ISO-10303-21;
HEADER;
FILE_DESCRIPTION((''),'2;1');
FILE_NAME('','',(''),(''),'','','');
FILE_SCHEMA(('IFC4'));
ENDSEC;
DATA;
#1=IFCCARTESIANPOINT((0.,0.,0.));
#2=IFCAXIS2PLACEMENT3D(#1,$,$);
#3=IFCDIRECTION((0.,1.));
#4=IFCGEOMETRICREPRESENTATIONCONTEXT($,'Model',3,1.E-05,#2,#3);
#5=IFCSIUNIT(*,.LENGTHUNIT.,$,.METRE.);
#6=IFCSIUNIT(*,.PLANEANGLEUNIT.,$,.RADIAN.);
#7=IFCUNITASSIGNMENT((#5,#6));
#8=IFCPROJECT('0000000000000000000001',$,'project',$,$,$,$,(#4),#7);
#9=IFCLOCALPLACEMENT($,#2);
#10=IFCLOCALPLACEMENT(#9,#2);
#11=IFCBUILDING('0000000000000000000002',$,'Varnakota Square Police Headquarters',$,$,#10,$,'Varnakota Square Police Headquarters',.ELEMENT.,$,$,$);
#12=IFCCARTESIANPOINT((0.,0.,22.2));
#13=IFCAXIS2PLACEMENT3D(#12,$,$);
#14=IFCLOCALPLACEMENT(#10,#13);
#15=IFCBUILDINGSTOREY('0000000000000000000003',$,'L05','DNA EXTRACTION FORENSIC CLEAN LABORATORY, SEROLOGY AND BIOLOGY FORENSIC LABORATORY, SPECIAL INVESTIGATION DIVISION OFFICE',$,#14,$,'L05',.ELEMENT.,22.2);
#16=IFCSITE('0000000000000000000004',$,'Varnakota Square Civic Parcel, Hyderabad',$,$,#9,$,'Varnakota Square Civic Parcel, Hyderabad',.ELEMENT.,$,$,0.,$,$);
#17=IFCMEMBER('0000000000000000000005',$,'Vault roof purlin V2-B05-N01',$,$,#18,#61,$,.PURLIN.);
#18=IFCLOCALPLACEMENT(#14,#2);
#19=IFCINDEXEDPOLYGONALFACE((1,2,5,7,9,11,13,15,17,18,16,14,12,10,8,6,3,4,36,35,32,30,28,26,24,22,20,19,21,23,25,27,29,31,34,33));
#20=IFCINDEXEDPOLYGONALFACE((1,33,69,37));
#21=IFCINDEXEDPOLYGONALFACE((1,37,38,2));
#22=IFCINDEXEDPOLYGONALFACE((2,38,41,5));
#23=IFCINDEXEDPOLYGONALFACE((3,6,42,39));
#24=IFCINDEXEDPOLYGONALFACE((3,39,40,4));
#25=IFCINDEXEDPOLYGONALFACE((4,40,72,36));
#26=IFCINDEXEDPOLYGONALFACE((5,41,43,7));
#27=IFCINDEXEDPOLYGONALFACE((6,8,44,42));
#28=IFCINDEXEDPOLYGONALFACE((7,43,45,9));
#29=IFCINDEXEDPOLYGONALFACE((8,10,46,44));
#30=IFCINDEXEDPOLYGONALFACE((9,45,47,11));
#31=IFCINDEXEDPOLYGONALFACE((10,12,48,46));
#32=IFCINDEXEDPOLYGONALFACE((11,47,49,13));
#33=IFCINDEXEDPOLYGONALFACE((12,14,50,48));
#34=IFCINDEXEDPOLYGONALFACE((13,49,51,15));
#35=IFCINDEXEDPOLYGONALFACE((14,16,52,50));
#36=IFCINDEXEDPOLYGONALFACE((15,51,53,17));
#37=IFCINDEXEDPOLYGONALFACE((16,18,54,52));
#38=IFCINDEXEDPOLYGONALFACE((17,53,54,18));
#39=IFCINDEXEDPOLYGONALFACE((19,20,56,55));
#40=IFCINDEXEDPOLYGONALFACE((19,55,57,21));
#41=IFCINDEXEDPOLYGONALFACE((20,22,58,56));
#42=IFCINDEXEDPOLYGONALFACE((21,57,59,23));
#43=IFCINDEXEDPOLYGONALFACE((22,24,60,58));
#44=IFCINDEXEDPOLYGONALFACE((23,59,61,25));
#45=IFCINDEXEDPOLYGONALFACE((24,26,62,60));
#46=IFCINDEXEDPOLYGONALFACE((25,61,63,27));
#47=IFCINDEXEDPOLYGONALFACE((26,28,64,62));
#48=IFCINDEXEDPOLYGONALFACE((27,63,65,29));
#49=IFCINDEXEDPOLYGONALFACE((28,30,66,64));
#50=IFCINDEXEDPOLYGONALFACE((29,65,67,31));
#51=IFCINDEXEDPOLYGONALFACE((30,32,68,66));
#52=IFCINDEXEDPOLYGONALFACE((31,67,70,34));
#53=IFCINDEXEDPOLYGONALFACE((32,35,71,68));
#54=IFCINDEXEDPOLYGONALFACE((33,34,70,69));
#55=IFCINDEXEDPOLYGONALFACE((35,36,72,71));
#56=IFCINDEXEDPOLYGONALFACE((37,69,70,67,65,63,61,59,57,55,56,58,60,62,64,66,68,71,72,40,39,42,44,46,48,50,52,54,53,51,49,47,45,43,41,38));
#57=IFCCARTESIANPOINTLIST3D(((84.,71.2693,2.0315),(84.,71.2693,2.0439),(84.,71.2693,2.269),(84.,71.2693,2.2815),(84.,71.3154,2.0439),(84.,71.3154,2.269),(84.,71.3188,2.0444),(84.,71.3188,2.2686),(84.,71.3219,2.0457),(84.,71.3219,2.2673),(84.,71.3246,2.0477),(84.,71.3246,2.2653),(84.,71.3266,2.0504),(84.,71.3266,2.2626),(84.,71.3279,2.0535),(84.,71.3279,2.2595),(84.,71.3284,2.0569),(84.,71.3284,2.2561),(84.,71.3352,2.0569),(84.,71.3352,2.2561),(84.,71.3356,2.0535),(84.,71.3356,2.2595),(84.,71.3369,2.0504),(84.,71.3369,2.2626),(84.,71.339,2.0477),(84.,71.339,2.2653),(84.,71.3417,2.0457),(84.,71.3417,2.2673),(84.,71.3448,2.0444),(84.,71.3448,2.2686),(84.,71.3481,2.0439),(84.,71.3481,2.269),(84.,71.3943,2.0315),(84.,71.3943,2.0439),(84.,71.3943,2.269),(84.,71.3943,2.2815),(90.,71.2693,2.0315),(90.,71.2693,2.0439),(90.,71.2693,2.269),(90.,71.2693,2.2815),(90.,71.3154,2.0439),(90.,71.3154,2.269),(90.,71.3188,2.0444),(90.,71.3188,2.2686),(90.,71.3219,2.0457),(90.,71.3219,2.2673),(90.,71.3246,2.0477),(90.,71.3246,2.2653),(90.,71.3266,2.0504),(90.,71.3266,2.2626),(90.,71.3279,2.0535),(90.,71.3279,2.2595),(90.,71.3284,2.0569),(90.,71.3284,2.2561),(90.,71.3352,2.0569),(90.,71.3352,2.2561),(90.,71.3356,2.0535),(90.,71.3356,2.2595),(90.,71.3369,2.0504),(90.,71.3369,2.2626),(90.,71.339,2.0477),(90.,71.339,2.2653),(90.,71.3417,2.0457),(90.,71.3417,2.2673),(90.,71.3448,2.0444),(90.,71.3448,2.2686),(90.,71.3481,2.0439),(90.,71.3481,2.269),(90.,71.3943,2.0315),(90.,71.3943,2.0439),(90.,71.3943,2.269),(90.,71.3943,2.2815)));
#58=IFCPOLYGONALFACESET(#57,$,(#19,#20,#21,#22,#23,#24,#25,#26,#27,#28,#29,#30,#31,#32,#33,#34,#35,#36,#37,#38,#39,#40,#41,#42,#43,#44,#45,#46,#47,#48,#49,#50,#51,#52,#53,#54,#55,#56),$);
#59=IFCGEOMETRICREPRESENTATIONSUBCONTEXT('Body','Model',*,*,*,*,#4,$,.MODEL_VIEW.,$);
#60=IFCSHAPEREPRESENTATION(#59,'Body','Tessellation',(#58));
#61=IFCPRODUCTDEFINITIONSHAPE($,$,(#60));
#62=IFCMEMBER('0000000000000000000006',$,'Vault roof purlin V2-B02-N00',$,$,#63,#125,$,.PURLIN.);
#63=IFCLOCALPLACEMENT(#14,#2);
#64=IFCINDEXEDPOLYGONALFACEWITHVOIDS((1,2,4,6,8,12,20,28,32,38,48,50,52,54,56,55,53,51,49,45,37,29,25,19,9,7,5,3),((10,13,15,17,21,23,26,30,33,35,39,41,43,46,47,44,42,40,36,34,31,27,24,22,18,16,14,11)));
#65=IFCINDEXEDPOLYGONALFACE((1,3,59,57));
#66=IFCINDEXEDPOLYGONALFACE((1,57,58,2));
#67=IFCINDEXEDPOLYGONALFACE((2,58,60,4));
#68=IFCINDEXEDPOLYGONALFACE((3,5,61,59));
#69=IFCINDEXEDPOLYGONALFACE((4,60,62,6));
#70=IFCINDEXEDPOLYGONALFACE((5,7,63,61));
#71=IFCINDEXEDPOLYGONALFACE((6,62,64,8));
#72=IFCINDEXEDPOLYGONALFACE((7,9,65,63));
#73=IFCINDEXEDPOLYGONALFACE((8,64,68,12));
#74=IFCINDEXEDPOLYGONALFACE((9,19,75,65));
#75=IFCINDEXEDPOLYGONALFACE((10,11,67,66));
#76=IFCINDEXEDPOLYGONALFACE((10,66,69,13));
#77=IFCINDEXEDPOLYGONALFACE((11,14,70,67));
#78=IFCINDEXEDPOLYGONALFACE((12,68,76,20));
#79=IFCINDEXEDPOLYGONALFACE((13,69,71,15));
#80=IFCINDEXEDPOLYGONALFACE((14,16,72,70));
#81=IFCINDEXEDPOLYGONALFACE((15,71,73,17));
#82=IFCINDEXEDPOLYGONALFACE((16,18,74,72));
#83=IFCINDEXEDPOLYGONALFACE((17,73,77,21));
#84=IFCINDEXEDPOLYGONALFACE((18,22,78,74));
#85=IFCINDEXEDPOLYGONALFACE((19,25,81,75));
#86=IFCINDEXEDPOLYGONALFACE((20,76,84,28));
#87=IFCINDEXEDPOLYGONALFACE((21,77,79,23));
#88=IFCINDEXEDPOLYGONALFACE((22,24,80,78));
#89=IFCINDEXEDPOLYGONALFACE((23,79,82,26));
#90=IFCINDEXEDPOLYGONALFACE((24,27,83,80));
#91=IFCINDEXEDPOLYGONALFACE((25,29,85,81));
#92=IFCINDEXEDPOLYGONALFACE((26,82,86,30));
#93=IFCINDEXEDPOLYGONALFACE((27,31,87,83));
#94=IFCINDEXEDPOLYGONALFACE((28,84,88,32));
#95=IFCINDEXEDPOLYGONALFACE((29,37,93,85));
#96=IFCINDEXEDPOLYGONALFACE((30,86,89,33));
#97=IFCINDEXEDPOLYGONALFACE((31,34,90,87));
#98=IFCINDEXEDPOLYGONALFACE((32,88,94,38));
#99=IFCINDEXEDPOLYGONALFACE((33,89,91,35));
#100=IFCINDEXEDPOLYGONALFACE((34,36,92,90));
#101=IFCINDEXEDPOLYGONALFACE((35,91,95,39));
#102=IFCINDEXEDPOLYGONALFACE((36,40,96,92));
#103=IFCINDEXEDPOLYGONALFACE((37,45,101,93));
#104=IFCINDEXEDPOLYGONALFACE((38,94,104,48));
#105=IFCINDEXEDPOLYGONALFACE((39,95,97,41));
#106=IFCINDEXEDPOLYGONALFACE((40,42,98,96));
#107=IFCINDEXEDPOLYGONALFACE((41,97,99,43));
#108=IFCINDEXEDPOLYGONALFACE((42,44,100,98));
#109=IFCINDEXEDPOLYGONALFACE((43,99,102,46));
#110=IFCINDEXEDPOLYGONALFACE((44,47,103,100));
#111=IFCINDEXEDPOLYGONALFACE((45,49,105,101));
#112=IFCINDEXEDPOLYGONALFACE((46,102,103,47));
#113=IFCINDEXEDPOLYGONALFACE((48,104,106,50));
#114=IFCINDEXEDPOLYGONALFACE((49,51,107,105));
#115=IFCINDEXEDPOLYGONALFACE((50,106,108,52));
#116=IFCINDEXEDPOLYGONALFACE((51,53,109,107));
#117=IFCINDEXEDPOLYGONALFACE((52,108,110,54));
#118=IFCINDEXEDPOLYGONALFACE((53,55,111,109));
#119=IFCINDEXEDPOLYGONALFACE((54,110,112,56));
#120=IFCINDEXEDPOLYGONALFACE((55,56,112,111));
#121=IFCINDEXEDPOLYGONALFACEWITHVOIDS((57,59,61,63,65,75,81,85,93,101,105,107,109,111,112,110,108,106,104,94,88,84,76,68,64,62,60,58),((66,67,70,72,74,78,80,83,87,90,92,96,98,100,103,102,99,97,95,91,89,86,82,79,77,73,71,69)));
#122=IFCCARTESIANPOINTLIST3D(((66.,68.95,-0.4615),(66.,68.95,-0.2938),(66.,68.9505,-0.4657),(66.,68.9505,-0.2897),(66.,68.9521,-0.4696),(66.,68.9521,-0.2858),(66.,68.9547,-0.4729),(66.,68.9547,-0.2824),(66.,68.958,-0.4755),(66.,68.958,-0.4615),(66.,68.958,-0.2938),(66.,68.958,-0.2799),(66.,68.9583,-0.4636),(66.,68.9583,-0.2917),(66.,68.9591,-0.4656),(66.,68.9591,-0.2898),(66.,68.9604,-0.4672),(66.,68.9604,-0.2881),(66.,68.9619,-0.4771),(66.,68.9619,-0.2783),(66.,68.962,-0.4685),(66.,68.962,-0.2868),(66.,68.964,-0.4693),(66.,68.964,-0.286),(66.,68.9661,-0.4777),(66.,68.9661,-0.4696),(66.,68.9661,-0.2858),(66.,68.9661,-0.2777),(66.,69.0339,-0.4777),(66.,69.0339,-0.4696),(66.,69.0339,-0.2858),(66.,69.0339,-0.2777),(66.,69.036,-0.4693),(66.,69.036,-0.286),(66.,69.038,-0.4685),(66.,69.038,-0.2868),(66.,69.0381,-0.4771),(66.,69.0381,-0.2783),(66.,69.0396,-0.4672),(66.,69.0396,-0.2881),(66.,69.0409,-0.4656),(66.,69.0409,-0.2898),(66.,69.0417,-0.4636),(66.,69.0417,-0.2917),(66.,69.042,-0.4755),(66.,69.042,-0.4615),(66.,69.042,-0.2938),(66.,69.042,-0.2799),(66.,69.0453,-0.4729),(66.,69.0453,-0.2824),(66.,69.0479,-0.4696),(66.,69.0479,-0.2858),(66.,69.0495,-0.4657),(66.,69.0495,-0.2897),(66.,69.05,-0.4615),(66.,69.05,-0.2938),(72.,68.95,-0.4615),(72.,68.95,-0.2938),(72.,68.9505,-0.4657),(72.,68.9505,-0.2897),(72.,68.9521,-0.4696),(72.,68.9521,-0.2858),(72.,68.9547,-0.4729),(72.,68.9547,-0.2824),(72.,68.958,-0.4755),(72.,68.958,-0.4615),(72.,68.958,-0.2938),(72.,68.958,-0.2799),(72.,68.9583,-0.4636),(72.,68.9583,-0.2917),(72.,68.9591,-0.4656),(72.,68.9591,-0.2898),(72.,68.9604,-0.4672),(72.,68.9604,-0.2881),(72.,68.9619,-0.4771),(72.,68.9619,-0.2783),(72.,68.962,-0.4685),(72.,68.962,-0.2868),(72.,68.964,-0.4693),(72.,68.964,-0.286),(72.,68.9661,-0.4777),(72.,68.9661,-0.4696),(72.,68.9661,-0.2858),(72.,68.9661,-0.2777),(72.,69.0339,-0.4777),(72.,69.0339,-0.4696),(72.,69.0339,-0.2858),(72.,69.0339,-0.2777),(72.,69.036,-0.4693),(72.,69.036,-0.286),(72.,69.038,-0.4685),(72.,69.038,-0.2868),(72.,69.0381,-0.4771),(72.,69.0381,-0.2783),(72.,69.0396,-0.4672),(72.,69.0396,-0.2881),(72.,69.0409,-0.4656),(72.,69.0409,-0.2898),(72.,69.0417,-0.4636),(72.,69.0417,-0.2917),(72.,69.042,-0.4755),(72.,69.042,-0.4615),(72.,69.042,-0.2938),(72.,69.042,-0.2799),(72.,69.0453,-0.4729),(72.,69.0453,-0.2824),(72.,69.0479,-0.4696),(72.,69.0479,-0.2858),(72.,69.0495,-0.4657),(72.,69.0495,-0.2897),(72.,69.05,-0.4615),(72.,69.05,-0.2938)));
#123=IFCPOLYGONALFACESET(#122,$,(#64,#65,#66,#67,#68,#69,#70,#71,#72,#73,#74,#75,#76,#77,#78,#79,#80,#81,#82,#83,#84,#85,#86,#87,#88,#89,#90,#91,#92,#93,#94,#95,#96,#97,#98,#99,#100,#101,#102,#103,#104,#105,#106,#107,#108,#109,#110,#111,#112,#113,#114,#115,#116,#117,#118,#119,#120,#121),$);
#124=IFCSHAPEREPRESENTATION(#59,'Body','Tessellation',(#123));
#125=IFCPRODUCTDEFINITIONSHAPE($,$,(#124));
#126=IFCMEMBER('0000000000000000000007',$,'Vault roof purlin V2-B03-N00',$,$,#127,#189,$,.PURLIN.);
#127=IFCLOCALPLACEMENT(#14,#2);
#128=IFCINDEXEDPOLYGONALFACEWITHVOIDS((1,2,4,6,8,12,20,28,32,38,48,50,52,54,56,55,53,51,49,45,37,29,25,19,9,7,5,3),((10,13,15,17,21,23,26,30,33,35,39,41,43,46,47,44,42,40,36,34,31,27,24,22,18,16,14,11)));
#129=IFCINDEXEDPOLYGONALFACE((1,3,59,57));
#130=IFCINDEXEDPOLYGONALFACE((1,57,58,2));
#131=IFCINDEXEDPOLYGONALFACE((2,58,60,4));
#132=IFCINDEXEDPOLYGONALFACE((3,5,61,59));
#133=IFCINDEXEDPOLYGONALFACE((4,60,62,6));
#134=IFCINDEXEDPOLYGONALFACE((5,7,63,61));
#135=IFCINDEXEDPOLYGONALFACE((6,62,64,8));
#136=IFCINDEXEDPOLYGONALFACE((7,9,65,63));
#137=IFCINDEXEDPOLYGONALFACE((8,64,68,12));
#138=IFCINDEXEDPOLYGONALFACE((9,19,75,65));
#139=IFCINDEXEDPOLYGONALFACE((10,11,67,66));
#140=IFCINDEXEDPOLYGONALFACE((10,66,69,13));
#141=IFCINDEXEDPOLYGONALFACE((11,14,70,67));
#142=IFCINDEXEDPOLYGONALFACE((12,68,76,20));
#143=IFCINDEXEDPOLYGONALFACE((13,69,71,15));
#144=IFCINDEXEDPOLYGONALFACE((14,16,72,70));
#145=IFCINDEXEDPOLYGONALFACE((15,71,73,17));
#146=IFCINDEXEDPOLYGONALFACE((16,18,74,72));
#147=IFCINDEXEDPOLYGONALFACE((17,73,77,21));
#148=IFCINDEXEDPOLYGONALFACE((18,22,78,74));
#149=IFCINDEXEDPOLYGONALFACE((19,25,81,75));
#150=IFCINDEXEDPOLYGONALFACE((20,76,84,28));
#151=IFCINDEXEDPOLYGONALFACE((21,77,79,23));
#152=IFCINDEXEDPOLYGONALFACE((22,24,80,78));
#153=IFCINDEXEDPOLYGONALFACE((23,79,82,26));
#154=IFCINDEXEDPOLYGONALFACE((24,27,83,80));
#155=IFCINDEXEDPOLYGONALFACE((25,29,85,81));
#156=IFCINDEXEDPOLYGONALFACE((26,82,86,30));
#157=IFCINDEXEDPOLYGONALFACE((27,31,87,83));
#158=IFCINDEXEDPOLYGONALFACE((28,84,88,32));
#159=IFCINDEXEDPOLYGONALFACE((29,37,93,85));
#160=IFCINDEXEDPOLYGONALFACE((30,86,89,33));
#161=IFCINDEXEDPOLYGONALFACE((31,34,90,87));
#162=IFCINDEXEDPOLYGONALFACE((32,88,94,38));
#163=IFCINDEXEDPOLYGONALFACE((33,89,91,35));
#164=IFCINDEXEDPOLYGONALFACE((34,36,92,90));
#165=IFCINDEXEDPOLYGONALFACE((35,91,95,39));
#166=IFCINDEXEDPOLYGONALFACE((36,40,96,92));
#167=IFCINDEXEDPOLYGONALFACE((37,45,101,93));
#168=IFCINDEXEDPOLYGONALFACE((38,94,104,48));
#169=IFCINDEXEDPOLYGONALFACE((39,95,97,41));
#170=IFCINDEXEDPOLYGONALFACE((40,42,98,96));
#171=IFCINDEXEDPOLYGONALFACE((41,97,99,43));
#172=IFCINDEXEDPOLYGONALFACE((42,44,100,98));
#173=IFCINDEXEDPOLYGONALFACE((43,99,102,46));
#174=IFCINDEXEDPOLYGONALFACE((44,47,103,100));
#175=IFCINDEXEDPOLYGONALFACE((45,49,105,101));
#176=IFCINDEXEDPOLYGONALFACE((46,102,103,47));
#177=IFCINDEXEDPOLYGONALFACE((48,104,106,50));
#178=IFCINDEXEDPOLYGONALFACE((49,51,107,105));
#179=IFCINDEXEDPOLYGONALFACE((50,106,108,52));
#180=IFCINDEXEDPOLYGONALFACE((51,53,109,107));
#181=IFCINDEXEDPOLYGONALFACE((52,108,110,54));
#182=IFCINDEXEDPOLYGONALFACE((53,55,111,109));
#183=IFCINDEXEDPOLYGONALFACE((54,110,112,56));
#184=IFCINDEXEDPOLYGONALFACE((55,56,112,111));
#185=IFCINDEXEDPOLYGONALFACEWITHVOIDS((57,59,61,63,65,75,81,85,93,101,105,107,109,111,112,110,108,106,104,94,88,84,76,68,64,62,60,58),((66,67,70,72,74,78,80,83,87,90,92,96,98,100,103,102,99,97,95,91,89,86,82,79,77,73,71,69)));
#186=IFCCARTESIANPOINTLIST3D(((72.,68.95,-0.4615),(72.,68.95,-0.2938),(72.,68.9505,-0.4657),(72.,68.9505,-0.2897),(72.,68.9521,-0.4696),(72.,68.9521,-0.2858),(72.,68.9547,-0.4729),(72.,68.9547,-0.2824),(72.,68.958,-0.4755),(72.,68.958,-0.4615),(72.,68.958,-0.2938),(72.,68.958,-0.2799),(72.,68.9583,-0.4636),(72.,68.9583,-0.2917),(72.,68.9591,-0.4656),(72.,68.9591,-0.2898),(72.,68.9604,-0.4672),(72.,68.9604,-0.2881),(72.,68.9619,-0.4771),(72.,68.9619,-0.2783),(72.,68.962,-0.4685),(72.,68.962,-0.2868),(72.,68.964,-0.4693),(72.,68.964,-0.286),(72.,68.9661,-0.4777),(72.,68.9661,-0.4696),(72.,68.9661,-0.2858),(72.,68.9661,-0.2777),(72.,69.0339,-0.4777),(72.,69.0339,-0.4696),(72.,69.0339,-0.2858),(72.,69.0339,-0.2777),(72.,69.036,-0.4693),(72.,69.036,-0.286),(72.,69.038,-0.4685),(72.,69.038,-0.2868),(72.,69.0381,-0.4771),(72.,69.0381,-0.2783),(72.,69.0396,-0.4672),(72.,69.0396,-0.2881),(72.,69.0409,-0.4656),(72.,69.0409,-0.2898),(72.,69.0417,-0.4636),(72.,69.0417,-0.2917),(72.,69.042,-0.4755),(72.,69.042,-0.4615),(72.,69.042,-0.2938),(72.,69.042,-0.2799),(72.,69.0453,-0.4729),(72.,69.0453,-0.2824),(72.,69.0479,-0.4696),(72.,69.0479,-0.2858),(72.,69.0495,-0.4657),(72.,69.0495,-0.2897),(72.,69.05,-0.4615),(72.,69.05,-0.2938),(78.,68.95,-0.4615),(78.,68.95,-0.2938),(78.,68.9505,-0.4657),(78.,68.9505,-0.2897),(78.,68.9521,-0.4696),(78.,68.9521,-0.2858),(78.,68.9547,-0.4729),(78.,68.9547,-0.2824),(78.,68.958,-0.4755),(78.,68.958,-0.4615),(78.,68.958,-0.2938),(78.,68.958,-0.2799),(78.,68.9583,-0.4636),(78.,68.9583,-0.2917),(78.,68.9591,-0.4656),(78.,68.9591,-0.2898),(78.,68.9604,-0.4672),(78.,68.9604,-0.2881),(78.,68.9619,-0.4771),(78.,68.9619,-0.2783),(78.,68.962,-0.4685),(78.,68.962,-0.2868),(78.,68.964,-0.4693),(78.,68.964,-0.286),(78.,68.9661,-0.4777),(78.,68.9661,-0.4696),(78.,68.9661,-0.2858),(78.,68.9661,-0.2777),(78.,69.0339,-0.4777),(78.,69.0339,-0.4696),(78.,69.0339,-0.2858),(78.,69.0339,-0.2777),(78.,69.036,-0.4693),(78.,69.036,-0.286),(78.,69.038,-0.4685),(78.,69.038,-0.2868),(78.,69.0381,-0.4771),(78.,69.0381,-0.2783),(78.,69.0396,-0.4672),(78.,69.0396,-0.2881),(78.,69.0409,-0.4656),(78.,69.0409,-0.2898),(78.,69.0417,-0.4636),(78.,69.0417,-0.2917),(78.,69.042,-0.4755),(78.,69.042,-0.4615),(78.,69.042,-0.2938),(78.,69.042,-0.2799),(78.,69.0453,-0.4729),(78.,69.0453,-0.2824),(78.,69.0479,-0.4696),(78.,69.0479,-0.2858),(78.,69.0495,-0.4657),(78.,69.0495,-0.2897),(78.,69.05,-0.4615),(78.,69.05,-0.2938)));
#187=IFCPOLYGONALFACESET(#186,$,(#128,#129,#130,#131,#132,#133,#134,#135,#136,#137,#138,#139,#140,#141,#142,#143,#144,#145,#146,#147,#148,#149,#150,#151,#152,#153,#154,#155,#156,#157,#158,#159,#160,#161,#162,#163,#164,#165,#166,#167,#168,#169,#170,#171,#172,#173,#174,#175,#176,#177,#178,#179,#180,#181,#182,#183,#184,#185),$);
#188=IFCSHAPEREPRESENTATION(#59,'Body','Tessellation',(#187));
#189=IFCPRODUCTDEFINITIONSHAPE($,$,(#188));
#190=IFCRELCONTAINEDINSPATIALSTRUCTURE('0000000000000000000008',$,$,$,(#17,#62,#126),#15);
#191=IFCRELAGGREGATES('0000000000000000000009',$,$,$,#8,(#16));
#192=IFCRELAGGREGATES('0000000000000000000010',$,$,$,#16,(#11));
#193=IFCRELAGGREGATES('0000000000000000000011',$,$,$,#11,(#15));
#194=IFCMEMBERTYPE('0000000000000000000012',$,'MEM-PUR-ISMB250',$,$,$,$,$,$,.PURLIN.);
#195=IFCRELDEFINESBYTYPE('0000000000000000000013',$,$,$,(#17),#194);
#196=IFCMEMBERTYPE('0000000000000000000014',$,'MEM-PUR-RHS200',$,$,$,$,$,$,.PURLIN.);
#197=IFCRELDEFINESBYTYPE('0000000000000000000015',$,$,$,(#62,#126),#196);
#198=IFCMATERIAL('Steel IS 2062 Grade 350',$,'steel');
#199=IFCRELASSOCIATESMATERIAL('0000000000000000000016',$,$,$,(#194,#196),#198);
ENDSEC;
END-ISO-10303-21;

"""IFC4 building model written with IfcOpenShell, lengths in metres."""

from ifc_helpers import new_model, si_unit, direction, frame, origin, origin_2d, place, context, subcontext, project, spatial, hollow_rectangle, i_section, extrude, material, material_profile, profile_set, type_object, element, save


model = new_model("IFC4")

# Units and contexts
model_context = context("Model", 3, precision=1e-05, world=origin(), true_north=direction((0.0, 1.0)))
body_context = subcontext(model_context, "Body", "Model", "MODEL_VIEW")
ifc_project = project(units=[si_unit("LENGTHUNIT", "METRE"), si_unit("PLANEANGLEUNIT", "RADIAN")], contexts=[model_context])

# Site, building, storey
site_placement = place(None, origin())
site = spatial("IfcSite", under=ifc_project, at=site_placement, Name="Varnakota Square Civic Parcel, Hyderabad", LongName="Varnakota Square Civic Parcel, Hyderabad", CompositionType="ELEMENT", RefElevation=0.0)
building_placement = place(site_placement, origin())
building = spatial("IfcBuilding", under=site, at=building_placement, Name="Varnakota Square Police Headquarters", LongName="Varnakota Square Police Headquarters", CompositionType="ELEMENT")
storey_placement = place(building_placement, frame((0.0, 0.0, 22.2)))
storey = spatial("IfcBuildingStorey", under=building, at=storey_placement, Name="L05", Description="DNA EXTRACTION FORENSIC CLEAN LABORATORY, SEROLOGY AND BIOLOGY FORENSIC LABORATORY, SPECIAL INVESTIGATION DIVISION OFFICE", LongName="L05", CompositionType="ELEMENT", Elevation=22.2)

# Shared definitions
ifc_material_1 = material(Name="Steel IS 2062 Grade 350", Category="steel")

# Members
ifc_material_profile_1 = material_profile(ifc_material_1, i_section(OverallWidth=0.125, OverallDepth=0.25, WebThickness=0.0068, FlangeThickness=0.0125, FilletRadius=0.0129, at=origin_2d()), Name="ISMB 250")
ifc_profile_set_1 = profile_set([ifc_material_profile_1], Name="Steel IS 2062 Grade 350")
member_type_1 = type_object("IfcMemberType", Name="MEM-PUR-ISMB250", PredefinedType="PURLIN", material=ifc_profile_set_1)
for number, where, z_axis, x_axis, name in (
    (1, (84.0, 71.3318, 2.1565), (1.0, 0.0, 0.0), (0.0, 1.0, 0.0), "Vault roof purlin V2-B05-N01"),
):
    element("IfcMember", number, at=place(storey_placement, frame(where, z_axis=z_axis, x_axis=x_axis)), inside=storey, type_object=member_type_1, Name=name, PredefinedType="PURLIN", context=body_context, shape_type="SweptSolid", body=[
        extrude(i_section(OverallWidth=0.125, OverallDepth=0.25, WebThickness=0.0068, FlangeThickness=0.0125, FilletRadius=0.0129, at=origin_2d()), origin(), (0.0, 0.0, 1.0), 6.0),
    ])
ifc_material_profile_2 = material_profile(ifc_material_1, hollow_rectangle(XDim=0.1001, YDim=0.2, WallThickness=0.0081, InnerFilletRadius=0.0081, OuterFilletRadius=0.0161, at=origin_2d()), Name="RHS 200x100x8")
ifc_profile_set_2 = profile_set([ifc_material_profile_2], Name="Steel IS 2062 Grade 350")
member_type_2 = type_object("IfcMemberType", Name="MEM-PUR-RHS200", PredefinedType="PURLIN", material=ifc_profile_set_2)
for number, where, z_axis, x_axis, name in (
    (2, (66.0, 69.0, -0.3777), (1.0, 0.0, 0.0), (0.0, 1.0, 0.0), "Vault roof purlin V2-B02-N00"),
    (3, (72.0, 69.0, -0.3777), (1.0, 0.0, 0.0), (0.0, 1.0, 0.0), "Vault roof purlin V2-B03-N00"),
):
    element("IfcMember", number, at=place(storey_placement, frame(where, z_axis=z_axis, x_axis=x_axis)), inside=storey, type_object=member_type_2, Name=name, PredefinedType="PURLIN", context=body_context, shape_type="SweptSolid", body=[
        extrude(hollow_rectangle(XDim=0.1001, YDim=0.2, WallThickness=0.0081, InnerFilletRadius=0.0081, OuterFilletRadius=0.0161, at=origin_2d()), origin(), (0.0, 0.0, 1.0), 6.0),
    ])

save(model, "model.ifc")
